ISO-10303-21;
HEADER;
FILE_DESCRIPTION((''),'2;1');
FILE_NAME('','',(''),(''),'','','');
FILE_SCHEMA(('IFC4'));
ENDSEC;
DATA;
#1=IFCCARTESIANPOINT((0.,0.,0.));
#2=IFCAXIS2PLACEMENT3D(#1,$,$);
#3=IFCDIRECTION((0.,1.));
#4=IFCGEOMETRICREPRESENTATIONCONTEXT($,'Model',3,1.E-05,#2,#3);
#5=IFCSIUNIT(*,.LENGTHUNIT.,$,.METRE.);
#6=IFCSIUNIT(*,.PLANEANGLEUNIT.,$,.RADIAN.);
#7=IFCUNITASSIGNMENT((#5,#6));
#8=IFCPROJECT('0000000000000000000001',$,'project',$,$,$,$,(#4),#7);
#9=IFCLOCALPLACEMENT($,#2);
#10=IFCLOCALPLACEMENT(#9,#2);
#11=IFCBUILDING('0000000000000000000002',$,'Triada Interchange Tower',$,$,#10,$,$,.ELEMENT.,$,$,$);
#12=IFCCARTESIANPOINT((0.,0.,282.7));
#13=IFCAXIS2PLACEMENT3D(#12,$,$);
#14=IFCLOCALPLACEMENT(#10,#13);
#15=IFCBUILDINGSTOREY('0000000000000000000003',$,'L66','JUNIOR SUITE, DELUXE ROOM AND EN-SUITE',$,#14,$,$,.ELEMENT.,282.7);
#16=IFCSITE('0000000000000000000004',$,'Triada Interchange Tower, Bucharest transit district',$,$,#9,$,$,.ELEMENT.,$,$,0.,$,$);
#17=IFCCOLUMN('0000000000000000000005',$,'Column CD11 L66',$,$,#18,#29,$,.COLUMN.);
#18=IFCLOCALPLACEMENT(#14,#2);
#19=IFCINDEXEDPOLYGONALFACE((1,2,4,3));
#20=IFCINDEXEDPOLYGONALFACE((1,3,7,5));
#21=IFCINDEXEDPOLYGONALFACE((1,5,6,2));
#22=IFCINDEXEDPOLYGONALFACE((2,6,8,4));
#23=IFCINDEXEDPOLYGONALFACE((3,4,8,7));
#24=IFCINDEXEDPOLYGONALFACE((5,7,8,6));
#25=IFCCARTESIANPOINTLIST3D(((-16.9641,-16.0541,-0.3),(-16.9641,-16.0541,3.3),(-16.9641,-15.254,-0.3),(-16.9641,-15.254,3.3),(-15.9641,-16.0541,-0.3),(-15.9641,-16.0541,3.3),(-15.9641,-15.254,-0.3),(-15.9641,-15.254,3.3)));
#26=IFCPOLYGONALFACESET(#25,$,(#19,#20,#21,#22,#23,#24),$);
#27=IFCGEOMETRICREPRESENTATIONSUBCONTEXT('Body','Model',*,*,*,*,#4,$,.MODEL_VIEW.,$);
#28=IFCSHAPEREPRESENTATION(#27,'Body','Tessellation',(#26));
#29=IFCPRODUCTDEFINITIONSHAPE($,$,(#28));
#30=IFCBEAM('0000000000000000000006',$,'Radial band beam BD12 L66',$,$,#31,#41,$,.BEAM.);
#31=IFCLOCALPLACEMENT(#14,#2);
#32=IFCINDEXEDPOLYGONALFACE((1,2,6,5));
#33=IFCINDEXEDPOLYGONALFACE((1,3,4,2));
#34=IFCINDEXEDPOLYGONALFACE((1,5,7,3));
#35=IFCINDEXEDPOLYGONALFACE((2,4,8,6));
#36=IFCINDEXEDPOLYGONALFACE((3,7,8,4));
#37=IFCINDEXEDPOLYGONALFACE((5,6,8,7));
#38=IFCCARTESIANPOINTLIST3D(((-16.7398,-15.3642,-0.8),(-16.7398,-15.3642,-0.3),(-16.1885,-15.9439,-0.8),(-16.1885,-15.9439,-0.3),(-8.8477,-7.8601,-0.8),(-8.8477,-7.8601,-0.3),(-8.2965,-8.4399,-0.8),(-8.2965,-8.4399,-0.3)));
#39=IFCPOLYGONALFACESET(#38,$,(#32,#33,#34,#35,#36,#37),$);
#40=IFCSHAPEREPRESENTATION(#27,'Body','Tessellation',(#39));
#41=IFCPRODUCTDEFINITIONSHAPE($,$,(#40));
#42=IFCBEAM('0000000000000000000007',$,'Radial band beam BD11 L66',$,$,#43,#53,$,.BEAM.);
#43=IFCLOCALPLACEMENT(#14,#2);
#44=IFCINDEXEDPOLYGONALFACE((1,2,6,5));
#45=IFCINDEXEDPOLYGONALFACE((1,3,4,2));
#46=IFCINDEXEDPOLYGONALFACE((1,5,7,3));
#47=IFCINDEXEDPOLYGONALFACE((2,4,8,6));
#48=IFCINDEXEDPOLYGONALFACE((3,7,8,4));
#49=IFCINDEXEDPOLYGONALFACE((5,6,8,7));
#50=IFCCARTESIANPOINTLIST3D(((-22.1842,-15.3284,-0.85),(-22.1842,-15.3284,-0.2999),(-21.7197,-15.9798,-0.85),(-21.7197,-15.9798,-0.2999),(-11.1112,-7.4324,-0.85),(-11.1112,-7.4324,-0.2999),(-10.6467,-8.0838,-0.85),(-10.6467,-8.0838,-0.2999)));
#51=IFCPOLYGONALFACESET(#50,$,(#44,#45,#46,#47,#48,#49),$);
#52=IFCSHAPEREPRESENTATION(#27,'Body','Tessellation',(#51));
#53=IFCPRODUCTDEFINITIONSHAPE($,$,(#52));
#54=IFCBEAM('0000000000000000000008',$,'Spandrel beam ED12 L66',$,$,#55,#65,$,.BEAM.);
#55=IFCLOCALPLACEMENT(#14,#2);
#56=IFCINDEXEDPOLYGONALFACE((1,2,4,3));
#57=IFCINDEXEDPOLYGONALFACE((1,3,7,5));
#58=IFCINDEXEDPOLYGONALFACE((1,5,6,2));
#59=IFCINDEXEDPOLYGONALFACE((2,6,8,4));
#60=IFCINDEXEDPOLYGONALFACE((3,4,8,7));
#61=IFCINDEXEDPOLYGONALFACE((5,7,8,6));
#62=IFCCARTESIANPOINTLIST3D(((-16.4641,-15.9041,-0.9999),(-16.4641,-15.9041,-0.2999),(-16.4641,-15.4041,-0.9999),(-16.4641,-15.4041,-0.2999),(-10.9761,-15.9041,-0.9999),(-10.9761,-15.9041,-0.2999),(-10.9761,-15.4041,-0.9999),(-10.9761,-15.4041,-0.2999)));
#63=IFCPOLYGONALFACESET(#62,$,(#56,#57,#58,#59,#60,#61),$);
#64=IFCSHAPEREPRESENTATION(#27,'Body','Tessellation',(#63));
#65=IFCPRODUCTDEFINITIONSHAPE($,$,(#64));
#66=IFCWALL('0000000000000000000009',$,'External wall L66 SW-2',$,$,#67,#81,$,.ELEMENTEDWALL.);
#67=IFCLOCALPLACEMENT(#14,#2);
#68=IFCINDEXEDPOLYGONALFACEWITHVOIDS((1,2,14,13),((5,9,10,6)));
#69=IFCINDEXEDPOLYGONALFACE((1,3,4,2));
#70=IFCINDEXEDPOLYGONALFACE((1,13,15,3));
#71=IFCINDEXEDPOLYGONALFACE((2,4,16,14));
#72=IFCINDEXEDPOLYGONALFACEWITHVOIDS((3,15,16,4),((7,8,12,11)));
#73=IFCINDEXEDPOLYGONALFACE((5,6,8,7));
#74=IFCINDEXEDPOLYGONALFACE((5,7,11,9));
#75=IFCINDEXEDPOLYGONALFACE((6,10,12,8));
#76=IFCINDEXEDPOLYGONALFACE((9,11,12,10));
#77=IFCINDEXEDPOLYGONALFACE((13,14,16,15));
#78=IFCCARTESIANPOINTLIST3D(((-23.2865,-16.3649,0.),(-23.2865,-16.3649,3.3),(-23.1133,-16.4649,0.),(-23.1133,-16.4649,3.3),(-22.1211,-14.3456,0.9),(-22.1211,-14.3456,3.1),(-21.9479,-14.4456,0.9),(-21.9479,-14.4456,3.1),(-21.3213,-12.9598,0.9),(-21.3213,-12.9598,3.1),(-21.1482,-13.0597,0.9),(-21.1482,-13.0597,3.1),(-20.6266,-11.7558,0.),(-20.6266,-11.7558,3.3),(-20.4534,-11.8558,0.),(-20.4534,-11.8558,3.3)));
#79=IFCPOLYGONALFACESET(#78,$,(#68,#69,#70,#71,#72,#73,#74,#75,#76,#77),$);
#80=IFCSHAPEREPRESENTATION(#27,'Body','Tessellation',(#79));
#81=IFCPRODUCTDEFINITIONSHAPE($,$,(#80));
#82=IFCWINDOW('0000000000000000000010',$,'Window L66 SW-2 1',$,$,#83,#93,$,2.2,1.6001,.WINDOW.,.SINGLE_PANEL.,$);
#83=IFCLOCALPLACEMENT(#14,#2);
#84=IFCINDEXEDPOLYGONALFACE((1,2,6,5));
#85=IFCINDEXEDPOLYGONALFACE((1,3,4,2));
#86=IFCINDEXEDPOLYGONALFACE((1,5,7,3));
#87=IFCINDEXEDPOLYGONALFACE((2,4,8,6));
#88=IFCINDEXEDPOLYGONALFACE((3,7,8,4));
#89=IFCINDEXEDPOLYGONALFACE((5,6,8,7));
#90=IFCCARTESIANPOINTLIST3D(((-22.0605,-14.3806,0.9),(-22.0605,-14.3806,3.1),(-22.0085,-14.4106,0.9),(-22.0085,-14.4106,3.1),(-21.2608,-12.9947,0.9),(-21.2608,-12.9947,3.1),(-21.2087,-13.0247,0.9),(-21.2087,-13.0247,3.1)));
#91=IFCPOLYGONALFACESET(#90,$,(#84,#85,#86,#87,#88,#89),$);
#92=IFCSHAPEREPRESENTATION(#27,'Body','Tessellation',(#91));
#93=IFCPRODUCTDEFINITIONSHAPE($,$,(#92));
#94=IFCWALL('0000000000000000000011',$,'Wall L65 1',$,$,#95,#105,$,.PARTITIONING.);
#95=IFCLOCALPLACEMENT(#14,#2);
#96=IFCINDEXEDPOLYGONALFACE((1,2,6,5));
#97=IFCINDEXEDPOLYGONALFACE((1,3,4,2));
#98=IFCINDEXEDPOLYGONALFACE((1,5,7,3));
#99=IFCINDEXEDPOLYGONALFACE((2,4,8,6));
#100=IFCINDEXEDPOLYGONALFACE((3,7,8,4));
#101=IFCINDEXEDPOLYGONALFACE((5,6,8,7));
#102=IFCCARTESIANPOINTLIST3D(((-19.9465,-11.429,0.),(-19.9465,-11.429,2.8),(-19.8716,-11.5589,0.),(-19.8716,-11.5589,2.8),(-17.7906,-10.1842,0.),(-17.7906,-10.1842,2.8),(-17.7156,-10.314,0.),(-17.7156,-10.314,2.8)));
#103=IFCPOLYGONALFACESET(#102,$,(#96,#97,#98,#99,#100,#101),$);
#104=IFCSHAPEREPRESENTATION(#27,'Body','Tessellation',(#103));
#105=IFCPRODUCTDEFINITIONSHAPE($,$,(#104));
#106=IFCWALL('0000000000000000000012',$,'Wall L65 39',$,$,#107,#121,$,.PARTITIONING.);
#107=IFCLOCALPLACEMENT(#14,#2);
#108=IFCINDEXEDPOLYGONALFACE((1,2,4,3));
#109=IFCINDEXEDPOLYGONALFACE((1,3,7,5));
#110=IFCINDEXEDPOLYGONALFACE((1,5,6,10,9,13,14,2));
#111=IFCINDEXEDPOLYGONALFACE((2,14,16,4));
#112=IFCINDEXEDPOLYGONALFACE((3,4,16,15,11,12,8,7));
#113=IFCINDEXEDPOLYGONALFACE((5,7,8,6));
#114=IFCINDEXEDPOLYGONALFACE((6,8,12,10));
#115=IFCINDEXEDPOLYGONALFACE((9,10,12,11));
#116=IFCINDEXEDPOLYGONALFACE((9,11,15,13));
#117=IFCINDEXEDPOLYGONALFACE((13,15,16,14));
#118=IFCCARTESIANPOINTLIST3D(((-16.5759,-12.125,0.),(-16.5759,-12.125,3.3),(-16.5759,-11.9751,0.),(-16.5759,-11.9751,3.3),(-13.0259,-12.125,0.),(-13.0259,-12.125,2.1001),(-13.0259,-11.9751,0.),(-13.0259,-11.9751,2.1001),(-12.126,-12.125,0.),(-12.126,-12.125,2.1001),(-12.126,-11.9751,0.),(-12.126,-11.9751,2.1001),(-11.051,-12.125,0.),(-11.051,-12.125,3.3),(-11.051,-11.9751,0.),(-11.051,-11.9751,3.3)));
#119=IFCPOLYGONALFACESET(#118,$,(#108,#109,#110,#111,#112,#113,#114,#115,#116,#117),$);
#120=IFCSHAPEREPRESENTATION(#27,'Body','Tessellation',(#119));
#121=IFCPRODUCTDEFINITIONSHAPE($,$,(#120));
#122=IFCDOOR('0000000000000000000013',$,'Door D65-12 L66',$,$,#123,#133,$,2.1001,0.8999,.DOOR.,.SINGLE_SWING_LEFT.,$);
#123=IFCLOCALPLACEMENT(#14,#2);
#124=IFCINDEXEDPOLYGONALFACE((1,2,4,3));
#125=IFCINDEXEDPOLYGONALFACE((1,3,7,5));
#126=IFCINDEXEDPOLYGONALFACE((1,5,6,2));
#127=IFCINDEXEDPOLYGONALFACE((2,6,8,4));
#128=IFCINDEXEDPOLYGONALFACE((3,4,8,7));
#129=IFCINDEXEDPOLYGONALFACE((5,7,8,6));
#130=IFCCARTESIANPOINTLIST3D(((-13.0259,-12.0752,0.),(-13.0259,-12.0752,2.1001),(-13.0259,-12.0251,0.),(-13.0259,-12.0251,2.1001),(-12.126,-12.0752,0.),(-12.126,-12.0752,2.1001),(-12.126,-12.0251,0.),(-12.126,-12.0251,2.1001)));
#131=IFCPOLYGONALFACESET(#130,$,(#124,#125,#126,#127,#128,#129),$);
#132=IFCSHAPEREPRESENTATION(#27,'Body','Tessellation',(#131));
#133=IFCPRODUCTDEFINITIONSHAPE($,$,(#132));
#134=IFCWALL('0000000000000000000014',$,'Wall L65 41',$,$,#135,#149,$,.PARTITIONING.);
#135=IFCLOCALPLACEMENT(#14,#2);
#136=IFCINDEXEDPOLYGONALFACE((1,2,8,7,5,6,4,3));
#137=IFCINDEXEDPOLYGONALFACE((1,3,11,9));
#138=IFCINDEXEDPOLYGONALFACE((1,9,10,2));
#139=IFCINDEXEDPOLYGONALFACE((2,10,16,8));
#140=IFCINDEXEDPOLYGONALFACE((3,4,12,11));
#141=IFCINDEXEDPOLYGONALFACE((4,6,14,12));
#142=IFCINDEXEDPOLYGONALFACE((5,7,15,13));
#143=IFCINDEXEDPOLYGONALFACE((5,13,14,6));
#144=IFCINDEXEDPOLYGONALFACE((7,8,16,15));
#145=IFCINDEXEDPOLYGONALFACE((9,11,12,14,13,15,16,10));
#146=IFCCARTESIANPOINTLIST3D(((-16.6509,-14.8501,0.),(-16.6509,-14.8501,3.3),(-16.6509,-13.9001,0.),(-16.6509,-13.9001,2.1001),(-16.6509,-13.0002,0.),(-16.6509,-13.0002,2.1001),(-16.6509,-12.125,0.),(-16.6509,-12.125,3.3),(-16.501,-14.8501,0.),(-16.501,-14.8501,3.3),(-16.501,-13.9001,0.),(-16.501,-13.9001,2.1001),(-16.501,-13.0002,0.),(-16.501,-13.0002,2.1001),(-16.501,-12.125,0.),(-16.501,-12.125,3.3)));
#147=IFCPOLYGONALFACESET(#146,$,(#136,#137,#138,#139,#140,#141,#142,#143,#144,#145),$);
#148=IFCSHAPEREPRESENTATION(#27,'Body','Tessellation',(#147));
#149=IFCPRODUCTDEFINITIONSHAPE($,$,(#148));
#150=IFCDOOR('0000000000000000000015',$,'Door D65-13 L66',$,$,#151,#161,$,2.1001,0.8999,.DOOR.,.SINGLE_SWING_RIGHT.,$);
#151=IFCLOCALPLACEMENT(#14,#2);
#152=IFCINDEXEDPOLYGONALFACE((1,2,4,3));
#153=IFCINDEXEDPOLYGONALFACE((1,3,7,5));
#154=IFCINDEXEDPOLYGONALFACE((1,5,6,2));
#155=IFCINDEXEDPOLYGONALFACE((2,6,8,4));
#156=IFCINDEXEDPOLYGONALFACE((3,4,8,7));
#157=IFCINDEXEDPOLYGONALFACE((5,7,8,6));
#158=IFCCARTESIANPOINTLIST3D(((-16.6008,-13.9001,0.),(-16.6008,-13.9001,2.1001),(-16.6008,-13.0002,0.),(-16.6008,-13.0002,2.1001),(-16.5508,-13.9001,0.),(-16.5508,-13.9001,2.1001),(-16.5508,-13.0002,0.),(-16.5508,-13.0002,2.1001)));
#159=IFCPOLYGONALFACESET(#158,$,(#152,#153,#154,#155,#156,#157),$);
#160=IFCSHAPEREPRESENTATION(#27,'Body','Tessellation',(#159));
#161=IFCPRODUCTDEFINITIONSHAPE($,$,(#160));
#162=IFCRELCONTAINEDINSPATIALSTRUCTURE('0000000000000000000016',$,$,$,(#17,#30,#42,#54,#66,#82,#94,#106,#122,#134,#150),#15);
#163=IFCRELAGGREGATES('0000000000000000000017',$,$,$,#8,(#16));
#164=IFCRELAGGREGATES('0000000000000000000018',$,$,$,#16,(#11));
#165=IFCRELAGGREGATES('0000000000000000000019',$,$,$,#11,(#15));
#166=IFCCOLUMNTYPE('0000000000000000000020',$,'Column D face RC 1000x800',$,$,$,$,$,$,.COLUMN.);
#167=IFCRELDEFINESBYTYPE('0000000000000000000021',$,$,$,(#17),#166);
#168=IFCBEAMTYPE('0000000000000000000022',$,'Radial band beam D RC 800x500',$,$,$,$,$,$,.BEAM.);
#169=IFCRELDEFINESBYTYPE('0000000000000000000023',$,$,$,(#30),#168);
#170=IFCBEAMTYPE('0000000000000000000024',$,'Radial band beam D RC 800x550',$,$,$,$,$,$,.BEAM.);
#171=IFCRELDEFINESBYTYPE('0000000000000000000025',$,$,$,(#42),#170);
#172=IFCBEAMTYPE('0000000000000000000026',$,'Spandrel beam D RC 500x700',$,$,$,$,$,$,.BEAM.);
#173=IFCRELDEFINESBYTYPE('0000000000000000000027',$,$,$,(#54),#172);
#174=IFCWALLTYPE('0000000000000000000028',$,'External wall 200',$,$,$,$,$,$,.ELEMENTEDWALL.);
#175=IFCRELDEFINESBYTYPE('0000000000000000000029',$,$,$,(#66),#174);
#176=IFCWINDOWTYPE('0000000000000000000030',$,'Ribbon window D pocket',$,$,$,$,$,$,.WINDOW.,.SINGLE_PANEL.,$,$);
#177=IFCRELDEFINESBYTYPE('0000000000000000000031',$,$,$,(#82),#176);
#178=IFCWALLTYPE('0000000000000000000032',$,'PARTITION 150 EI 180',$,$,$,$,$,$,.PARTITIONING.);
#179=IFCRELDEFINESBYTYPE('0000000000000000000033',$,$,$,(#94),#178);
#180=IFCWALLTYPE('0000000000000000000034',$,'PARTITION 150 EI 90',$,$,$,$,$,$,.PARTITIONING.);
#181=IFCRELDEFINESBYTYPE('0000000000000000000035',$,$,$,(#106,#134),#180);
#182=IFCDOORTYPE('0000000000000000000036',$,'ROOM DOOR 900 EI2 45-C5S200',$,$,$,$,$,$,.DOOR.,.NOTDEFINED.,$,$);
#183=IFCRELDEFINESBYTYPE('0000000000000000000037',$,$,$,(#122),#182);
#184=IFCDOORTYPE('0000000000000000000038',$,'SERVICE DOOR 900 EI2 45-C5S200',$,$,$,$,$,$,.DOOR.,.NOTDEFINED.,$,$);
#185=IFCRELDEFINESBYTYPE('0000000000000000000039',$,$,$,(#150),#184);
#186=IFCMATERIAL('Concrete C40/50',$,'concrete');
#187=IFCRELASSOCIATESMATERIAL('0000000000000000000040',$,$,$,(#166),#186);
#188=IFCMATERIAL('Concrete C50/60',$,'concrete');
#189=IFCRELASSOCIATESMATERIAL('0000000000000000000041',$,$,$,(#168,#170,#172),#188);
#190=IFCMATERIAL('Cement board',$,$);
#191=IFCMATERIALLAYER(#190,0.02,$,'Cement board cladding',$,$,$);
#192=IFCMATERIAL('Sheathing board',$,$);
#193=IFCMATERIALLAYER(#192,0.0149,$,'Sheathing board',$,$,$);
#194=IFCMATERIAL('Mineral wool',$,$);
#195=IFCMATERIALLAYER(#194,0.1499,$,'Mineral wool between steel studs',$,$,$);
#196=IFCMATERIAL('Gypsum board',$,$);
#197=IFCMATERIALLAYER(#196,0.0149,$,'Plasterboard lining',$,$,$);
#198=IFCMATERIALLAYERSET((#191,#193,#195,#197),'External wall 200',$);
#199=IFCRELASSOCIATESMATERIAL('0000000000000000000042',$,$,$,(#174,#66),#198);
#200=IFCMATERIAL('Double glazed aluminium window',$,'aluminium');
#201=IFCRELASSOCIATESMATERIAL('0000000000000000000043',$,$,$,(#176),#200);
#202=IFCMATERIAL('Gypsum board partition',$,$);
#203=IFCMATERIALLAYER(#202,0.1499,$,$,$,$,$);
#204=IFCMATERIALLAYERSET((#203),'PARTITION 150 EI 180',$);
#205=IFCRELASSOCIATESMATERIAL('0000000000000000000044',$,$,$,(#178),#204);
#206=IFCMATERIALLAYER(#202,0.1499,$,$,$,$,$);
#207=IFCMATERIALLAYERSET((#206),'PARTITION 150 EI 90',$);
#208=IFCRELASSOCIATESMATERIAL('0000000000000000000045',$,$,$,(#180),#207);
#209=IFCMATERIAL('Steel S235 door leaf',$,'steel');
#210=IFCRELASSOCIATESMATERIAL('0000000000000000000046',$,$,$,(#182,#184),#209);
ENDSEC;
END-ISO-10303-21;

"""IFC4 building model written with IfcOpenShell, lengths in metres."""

from ifc_helpers import new_model, si_unit, direction, frame, frame_2d, origin, origin_2d, place, context, subcontext, project, spatial, rectangle, extrude, material, layer, layer_set, layer_usage, material_profile, profile_set, type_object, element, fill, save


model = new_model("IFC4")

# Units and contexts
model_context = context("Model", 3, precision=1e-05, world=origin(), true_north=direction((0.0, 1.0)))
body_context = subcontext(model_context, "Body", "Model", "MODEL_VIEW")
ifc_project = project(units=[si_unit("LENGTHUNIT", "METRE"), si_unit("PLANEANGLEUNIT", "RADIAN")], contexts=[model_context])

# Site, building, storey
site_placement = place(None, origin())
site = spatial("IfcSite", under=ifc_project, at=site_placement, Name="Triada Interchange Tower, Bucharest transit district", CompositionType="ELEMENT", RefElevation=0.0)
building_placement = place(site_placement, origin())
building = spatial("IfcBuilding", under=site, at=building_placement, Name="Triada Interchange Tower", CompositionType="ELEMENT")
storey_placement = place(building_placement, frame((0.0, 0.0, 282.7)))
storey = spatial("IfcBuildingStorey", under=building, at=storey_placement, Name="L66", Description="JUNIOR SUITE, DELUXE ROOM AND EN-SUITE", CompositionType="ELEMENT", Elevation=282.7)

# Column
ifc_material_1 = material(Name="Concrete C40/50", Category="concrete")
ifc_material_profile_1 = material_profile(ifc_material_1, rectangle(XDim=1.0, YDim=0.8, at=origin_2d()), Name="RC 1000x800")
ifc_profile_set_1 = profile_set([ifc_material_profile_1], Name="Concrete C40/50")
column_type = type_object("IfcColumnType", Name="Column D face RC 1000x800", PredefinedType="COLUMN", material=ifc_profile_set_1)
column_placement = place(storey_placement, frame((-16.4641, -15.6541, -0.3), z_axis=(0.0, 0.0, 1.0), x_axis=(1.0, 0.0, 0.0)))
element("IfcColumn", 1, at=column_placement, inside=storey, type_object=column_type, Name="Column CD11 L66", PredefinedType="COLUMN", context=body_context, shape_type="SweptSolid", body=[
    extrude(rectangle(XDim=1.0, YDim=0.8, at=origin_2d()), origin(), (0.0, 0.0, 1.0), 3.6001),
])

# Beams
ifc_material_2 = material(Name="Concrete C50/60", Category="concrete")
ifc_material_profile_2 = material_profile(ifc_material_2, rectangle(XDim=0.8, YDim=0.5, at=origin_2d()), Name="RC 800x500")
ifc_profile_set_2 = profile_set([ifc_material_profile_2], Name="Concrete C50/60")
beam_type_1 = type_object("IfcBeamType", Name="Radial band beam D RC 800x500", PredefinedType="BEAM", material=ifc_profile_set_2)
beam_1_placement = place(storey_placement, frame((-16.4641, -15.6541, -0.55), z_axis=(0.724694, 0.689071, 0.0), x_axis=(-0.689071, 0.724694, 0.0)))
element("IfcBeam", 2, at=beam_1_placement, inside=storey, type_object=beam_type_1, Name="Radial band beam BD12 L66", PredefinedType="BEAM", context=body_context, shape_type="SweptSolid", body=[
    extrude(rectangle(XDim=0.8, YDim=0.5, at=origin_2d()), origin(), (0.0, 0.0, 1.0), 10.8901),
])
ifc_material_profile_3 = material_profile(ifc_material_2, rectangle(XDim=0.8, YDim=0.55, at=origin_2d()), Name="RC 800x550")
ifc_profile_set_3 = profile_set([ifc_material_profile_3], Name="Concrete C50/60")
beam_type_2 = type_object("IfcBeamType", Name="Radial band beam D RC 800x550", PredefinedType="BEAM", material=ifc_profile_set_3)
beam_2_placement = place(storey_placement, frame((-21.9519, -15.6541, -0.575), z_axis=(0.814195, 0.580591, 0.0), x_axis=(-0.580591, 0.814195, 0.0)))
element("IfcBeam", 3, at=beam_2_placement, inside=storey, type_object=beam_type_2, Name="Radial band beam BD11 L66", PredefinedType="BEAM", context=body_context, shape_type="SweptSolid", body=[
    extrude(rectangle(XDim=0.8, YDim=0.55, at=origin_2d()), origin(), (0.0, 0.0, 1.0), 13.5999),
])
ifc_material_profile_4 = material_profile(ifc_material_2, rectangle(XDim=0.5, YDim=0.7, at=origin_2d()), Name="RC 500x700")
ifc_profile_set_4 = profile_set([ifc_material_profile_4], Name="Concrete C50/60")
beam_type_3 = type_object("IfcBeamType", Name="Spandrel beam D RC 500x700", PredefinedType="BEAM", material=ifc_profile_set_4)
beam_3_placement = place(storey_placement, frame((-16.4641, -15.6541, -0.6499), z_axis=(1.0, 0.0, 0.0), x_axis=(0.0, 1.0, 0.0)))
element("IfcBeam", 4, at=beam_3_placement, inside=storey, type_object=beam_type_3, Name="Spandrel beam ED12 L66", PredefinedType="BEAM", context=body_context, shape_type="SweptSolid", body=[
    extrude(rectangle(XDim=0.5, YDim=0.7, at=origin_2d()), origin(), (0.0, 0.0, 1.0), 5.488),
])

# Wall, opening, window
ifc_material_3 = material(Name="Cement board")
ifc_layer_1 = layer(ifc_material_3, 0.02, Name="Cement board cladding")
ifc_material_4 = material(Name="Sheathing board")
ifc_layer_2 = layer(ifc_material_4, 0.0149, Name="Sheathing board")
ifc_material_5 = material(Name="Mineral wool")
ifc_layer_3 = layer(ifc_material_5, 0.1499, Name="Mineral wool between steel studs")
ifc_material_6 = material(Name="Gypsum board")
ifc_layer_4 = layer(ifc_material_6, 0.0149, Name="Plasterboard lining")
ifc_layer_set_1 = layer_set([ifc_layer_1, ifc_layer_2, ifc_layer_3, ifc_layer_4], Name="External wall 200")
ifc_layer_usage = layer_usage(ifc_layer_set_1, "AXIS2", "POSITIVE", -0.1001)
wall_type_1 = type_object("IfcWallType", Name="External wall 200", PredefinedType="ELEMENTEDWALL", material=ifc_layer_set_1)
wall_1_placement = place(storey_placement, frame((-20.54, -11.8059, 0.0), z_axis=(0.0, 0.0, 1.0), x_axis=(-0.499835, -0.866121, 0.0)))
wall_1 = element("IfcWall", 5, at=wall_1_placement, inside=storey, type_object=wall_type_1, material=ifc_layer_usage, Name="External wall L66 SW-2", PredefinedType="ELEMENTEDWALL", context=body_context, shape_type="SweptSolid", body=[
    extrude(rectangle(XDim=5.3215, YDim=0.2, at=frame_2d((2.6606, 0.0))), origin(), (0.0, 0.0, 1.0), 3.3),
])
opening_1_placement = place(wall_1_placement, frame((1.3899, 0.0, 0.8999)))
opening_1 = element("IfcOpeningElement", 6, at=opening_1_placement, cuts=wall_1, PredefinedType="OPENING", context=body_context, shape_type="SweptSolid", body=[
    extrude(rectangle(XDim=1.6001, YDim=2.2, at=frame_2d((0.8, 1.1001))), frame((0.0, 0.1099, 0.0), z_axis=(0.0, -1.0, 0.0), x_axis=(1.0, 0.0, 0.0)), (0.0, 0.0, 1.0), 0.22),
])
ifc_material_7 = material(Name="Double glazed aluminium window", Category="aluminium")
window_type = type_object("IfcWindowType", Name="Ribbon window D pocket", PartitioningType="SINGLE_PANEL", PredefinedType="WINDOW", material=ifc_material_7)
window_placement = place(opening_1_placement, origin())
window = element("IfcWindow", 7, at=window_placement, inside=storey, type_object=window_type, Name="Window L66 SW-2 1", OverallHeight=2.2, OverallWidth=1.6001, PartitioningType="SINGLE_PANEL", PredefinedType="WINDOW", context=body_context, shape_type="SweptSolid", body=[
    extrude(rectangle(XDim=1.6001, YDim=2.2, at=frame_2d((0.8, 1.1001))), frame((0.0, 0.03, 0.0), z_axis=(0.0, -1.0, 0.0), x_axis=(1.0, 0.0, 0.0)), (0.0, 0.0, 1.0), 0.0601),
])
fill(opening_1, window)

# Wall
ifc_material_8 = material(Name="Gypsum board partition")
ifc_layer_5 = layer(ifc_material_8, 0.1499)
ifc_layer_set_2 = layer_set([ifc_layer_5], Name="PARTITION 150 EI 180")
wall_type_2 = type_object("IfcWallType", Name="PARTITION 150 EI 180", PredefinedType="PARTITIONING", material=ifc_layer_set_2)
wall_2_placement = place(storey_placement, frame((-19.9089, -11.4939, 0.0), z_axis=(0.0, 0.0, 1.0), x_axis=(0.866008, 0.500031, 0.0)))
element("IfcWall", 8, at=wall_2_placement, inside=storey, type_object=wall_type_2, Name="Wall L65 1", PredefinedType="PARTITIONING", context=body_context, shape_type="SweptSolid", body=[
    extrude(rectangle(XDim=2.4895, YDim=0.1499, at=frame_2d((1.2446, 0.0))), origin(), (0.0, 0.0, 1.0), 2.8),
])

# Walls, openings, doors
ifc_layer_6 = layer(ifc_material_8, 0.1499)
ifc_layer_set_3 = layer_set([ifc_layer_6], Name="PARTITION 150 EI 90")
wall_type_3 = type_object("IfcWallType", Name="PARTITION 150 EI 90", PredefinedType="PARTITIONING", material=ifc_layer_set_3)
wall_3_placement = place(storey_placement, frame((-16.5759, -12.05, 0.0), z_axis=(0.0, 0.0, 1.0), x_axis=(1.0, 0.0, 0.0)))
wall_3 = element("IfcWall", 9, at=wall_3_placement, inside=storey, type_object=wall_type_3, Name="Wall L65 39", PredefinedType="PARTITIONING", context=body_context, shape_type="SweptSolid", body=[
    extrude(rectangle(XDim=5.5249, YDim=0.1499, at=frame_2d((2.7625, 0.0))), origin(), (0.0, 0.0, 1.0), 3.3),
])
opening_2_placement = place(wall_3_placement, frame((3.55, 0.0, 0.0)))
opening_2 = element("IfcOpeningElement", 10, at=opening_2_placement, cuts=wall_3, PredefinedType="OPENING", context=body_context, shape_type="SweptSolid", body=[
    extrude(rectangle(XDim=0.8999, YDim=2.1001, at=frame_2d((0.45, 1.05))), frame((0.0, 0.085, 0.0), z_axis=(0.0, -1.0, 0.0), x_axis=(1.0, 0.0, 0.0)), (0.0, 0.0, 1.0), 0.1699),
])
ifc_material_9 = material(Name="Steel S235 door leaf", Category="steel")
door_type_1 = type_object("IfcDoorType", Name="ROOM DOOR 900 EI2 45-C5S200", OperationType="NOTDEFINED", PredefinedType="DOOR", material=ifc_material_9)
door_1_placement = place(opening_2_placement, origin())
door_1 = element("IfcDoor", 11, at=door_1_placement, inside=storey, type_object=door_type_1, Name="Door D65-12 L66", OperationType="SINGLE_SWING_LEFT", OverallHeight=2.1001, OverallWidth=0.8999, PredefinedType="DOOR", context=body_context, shape_type="SweptSolid", body=[
    extrude(rectangle(XDim=0.8999, YDim=2.1001, at=frame_2d((0.45, 1.05))), frame((0.0, 0.0249, 0.0), z_axis=(0.0, -1.0, 0.0), x_axis=(1.0, 0.0, 0.0)), (0.0, 0.0, 1.0), 0.05),
])
fill(opening_2, door_1)
wall_4_placement = place(storey_placement, frame((-16.5759, -14.8501, 0.0), z_axis=(0.0, 0.0, 1.0), x_axis=(0.0, 1.0, 0.0)))
wall_4 = element("IfcWall", 12, at=wall_4_placement, inside=storey, type_object=wall_type_3, Name="Wall L65 41", PredefinedType="PARTITIONING", context=body_context, shape_type="SweptSolid", body=[
    extrude(rectangle(XDim=2.7251, YDim=0.1499, at=frame_2d((1.3625, 0.0))), origin(), (0.0, 0.0, 1.0), 3.3),
])
opening_3_placement = place(wall_4_placement, frame((0.95, 0.0, 0.0)))
opening_3 = element("IfcOpeningElement", 13, at=opening_3_placement, cuts=wall_4, PredefinedType="OPENING", context=body_context, shape_type="SweptSolid", body=[
    extrude(rectangle(XDim=0.8999, YDim=2.1001, at=frame_2d((0.45, 1.05))), frame((0.0, 0.085, 0.0), z_axis=(0.0, -1.0, 0.0), x_axis=(1.0, 0.0, 0.0)), (0.0, 0.0, 1.0), 0.1699),
])
door_type_2 = type_object("IfcDoorType", Name="SERVICE DOOR 900 EI2 45-C5S200", OperationType="NOTDEFINED", PredefinedType="DOOR", material=ifc_material_9)
door_2_placement = place(opening_3_placement, origin())
door_2 = element("IfcDoor", 14, at=door_2_placement, inside=storey, type_object=door_type_2, Name="Door D65-13 L66", OperationType="SINGLE_SWING_RIGHT", OverallHeight=2.1001, OverallWidth=0.8999, PredefinedType="DOOR", context=body_context, shape_type="SweptSolid", body=[
    extrude(rectangle(XDim=0.8999, YDim=2.1001, at=frame_2d((0.45, 1.05))), frame((0.0, 0.0249, 0.0), z_axis=(0.0, -1.0, 0.0), x_axis=(1.0, 0.0, 0.0)), (0.0, 0.0, 1.0), 0.05),
])
fill(opening_3, door_2)

save(model, "model.ifc")
